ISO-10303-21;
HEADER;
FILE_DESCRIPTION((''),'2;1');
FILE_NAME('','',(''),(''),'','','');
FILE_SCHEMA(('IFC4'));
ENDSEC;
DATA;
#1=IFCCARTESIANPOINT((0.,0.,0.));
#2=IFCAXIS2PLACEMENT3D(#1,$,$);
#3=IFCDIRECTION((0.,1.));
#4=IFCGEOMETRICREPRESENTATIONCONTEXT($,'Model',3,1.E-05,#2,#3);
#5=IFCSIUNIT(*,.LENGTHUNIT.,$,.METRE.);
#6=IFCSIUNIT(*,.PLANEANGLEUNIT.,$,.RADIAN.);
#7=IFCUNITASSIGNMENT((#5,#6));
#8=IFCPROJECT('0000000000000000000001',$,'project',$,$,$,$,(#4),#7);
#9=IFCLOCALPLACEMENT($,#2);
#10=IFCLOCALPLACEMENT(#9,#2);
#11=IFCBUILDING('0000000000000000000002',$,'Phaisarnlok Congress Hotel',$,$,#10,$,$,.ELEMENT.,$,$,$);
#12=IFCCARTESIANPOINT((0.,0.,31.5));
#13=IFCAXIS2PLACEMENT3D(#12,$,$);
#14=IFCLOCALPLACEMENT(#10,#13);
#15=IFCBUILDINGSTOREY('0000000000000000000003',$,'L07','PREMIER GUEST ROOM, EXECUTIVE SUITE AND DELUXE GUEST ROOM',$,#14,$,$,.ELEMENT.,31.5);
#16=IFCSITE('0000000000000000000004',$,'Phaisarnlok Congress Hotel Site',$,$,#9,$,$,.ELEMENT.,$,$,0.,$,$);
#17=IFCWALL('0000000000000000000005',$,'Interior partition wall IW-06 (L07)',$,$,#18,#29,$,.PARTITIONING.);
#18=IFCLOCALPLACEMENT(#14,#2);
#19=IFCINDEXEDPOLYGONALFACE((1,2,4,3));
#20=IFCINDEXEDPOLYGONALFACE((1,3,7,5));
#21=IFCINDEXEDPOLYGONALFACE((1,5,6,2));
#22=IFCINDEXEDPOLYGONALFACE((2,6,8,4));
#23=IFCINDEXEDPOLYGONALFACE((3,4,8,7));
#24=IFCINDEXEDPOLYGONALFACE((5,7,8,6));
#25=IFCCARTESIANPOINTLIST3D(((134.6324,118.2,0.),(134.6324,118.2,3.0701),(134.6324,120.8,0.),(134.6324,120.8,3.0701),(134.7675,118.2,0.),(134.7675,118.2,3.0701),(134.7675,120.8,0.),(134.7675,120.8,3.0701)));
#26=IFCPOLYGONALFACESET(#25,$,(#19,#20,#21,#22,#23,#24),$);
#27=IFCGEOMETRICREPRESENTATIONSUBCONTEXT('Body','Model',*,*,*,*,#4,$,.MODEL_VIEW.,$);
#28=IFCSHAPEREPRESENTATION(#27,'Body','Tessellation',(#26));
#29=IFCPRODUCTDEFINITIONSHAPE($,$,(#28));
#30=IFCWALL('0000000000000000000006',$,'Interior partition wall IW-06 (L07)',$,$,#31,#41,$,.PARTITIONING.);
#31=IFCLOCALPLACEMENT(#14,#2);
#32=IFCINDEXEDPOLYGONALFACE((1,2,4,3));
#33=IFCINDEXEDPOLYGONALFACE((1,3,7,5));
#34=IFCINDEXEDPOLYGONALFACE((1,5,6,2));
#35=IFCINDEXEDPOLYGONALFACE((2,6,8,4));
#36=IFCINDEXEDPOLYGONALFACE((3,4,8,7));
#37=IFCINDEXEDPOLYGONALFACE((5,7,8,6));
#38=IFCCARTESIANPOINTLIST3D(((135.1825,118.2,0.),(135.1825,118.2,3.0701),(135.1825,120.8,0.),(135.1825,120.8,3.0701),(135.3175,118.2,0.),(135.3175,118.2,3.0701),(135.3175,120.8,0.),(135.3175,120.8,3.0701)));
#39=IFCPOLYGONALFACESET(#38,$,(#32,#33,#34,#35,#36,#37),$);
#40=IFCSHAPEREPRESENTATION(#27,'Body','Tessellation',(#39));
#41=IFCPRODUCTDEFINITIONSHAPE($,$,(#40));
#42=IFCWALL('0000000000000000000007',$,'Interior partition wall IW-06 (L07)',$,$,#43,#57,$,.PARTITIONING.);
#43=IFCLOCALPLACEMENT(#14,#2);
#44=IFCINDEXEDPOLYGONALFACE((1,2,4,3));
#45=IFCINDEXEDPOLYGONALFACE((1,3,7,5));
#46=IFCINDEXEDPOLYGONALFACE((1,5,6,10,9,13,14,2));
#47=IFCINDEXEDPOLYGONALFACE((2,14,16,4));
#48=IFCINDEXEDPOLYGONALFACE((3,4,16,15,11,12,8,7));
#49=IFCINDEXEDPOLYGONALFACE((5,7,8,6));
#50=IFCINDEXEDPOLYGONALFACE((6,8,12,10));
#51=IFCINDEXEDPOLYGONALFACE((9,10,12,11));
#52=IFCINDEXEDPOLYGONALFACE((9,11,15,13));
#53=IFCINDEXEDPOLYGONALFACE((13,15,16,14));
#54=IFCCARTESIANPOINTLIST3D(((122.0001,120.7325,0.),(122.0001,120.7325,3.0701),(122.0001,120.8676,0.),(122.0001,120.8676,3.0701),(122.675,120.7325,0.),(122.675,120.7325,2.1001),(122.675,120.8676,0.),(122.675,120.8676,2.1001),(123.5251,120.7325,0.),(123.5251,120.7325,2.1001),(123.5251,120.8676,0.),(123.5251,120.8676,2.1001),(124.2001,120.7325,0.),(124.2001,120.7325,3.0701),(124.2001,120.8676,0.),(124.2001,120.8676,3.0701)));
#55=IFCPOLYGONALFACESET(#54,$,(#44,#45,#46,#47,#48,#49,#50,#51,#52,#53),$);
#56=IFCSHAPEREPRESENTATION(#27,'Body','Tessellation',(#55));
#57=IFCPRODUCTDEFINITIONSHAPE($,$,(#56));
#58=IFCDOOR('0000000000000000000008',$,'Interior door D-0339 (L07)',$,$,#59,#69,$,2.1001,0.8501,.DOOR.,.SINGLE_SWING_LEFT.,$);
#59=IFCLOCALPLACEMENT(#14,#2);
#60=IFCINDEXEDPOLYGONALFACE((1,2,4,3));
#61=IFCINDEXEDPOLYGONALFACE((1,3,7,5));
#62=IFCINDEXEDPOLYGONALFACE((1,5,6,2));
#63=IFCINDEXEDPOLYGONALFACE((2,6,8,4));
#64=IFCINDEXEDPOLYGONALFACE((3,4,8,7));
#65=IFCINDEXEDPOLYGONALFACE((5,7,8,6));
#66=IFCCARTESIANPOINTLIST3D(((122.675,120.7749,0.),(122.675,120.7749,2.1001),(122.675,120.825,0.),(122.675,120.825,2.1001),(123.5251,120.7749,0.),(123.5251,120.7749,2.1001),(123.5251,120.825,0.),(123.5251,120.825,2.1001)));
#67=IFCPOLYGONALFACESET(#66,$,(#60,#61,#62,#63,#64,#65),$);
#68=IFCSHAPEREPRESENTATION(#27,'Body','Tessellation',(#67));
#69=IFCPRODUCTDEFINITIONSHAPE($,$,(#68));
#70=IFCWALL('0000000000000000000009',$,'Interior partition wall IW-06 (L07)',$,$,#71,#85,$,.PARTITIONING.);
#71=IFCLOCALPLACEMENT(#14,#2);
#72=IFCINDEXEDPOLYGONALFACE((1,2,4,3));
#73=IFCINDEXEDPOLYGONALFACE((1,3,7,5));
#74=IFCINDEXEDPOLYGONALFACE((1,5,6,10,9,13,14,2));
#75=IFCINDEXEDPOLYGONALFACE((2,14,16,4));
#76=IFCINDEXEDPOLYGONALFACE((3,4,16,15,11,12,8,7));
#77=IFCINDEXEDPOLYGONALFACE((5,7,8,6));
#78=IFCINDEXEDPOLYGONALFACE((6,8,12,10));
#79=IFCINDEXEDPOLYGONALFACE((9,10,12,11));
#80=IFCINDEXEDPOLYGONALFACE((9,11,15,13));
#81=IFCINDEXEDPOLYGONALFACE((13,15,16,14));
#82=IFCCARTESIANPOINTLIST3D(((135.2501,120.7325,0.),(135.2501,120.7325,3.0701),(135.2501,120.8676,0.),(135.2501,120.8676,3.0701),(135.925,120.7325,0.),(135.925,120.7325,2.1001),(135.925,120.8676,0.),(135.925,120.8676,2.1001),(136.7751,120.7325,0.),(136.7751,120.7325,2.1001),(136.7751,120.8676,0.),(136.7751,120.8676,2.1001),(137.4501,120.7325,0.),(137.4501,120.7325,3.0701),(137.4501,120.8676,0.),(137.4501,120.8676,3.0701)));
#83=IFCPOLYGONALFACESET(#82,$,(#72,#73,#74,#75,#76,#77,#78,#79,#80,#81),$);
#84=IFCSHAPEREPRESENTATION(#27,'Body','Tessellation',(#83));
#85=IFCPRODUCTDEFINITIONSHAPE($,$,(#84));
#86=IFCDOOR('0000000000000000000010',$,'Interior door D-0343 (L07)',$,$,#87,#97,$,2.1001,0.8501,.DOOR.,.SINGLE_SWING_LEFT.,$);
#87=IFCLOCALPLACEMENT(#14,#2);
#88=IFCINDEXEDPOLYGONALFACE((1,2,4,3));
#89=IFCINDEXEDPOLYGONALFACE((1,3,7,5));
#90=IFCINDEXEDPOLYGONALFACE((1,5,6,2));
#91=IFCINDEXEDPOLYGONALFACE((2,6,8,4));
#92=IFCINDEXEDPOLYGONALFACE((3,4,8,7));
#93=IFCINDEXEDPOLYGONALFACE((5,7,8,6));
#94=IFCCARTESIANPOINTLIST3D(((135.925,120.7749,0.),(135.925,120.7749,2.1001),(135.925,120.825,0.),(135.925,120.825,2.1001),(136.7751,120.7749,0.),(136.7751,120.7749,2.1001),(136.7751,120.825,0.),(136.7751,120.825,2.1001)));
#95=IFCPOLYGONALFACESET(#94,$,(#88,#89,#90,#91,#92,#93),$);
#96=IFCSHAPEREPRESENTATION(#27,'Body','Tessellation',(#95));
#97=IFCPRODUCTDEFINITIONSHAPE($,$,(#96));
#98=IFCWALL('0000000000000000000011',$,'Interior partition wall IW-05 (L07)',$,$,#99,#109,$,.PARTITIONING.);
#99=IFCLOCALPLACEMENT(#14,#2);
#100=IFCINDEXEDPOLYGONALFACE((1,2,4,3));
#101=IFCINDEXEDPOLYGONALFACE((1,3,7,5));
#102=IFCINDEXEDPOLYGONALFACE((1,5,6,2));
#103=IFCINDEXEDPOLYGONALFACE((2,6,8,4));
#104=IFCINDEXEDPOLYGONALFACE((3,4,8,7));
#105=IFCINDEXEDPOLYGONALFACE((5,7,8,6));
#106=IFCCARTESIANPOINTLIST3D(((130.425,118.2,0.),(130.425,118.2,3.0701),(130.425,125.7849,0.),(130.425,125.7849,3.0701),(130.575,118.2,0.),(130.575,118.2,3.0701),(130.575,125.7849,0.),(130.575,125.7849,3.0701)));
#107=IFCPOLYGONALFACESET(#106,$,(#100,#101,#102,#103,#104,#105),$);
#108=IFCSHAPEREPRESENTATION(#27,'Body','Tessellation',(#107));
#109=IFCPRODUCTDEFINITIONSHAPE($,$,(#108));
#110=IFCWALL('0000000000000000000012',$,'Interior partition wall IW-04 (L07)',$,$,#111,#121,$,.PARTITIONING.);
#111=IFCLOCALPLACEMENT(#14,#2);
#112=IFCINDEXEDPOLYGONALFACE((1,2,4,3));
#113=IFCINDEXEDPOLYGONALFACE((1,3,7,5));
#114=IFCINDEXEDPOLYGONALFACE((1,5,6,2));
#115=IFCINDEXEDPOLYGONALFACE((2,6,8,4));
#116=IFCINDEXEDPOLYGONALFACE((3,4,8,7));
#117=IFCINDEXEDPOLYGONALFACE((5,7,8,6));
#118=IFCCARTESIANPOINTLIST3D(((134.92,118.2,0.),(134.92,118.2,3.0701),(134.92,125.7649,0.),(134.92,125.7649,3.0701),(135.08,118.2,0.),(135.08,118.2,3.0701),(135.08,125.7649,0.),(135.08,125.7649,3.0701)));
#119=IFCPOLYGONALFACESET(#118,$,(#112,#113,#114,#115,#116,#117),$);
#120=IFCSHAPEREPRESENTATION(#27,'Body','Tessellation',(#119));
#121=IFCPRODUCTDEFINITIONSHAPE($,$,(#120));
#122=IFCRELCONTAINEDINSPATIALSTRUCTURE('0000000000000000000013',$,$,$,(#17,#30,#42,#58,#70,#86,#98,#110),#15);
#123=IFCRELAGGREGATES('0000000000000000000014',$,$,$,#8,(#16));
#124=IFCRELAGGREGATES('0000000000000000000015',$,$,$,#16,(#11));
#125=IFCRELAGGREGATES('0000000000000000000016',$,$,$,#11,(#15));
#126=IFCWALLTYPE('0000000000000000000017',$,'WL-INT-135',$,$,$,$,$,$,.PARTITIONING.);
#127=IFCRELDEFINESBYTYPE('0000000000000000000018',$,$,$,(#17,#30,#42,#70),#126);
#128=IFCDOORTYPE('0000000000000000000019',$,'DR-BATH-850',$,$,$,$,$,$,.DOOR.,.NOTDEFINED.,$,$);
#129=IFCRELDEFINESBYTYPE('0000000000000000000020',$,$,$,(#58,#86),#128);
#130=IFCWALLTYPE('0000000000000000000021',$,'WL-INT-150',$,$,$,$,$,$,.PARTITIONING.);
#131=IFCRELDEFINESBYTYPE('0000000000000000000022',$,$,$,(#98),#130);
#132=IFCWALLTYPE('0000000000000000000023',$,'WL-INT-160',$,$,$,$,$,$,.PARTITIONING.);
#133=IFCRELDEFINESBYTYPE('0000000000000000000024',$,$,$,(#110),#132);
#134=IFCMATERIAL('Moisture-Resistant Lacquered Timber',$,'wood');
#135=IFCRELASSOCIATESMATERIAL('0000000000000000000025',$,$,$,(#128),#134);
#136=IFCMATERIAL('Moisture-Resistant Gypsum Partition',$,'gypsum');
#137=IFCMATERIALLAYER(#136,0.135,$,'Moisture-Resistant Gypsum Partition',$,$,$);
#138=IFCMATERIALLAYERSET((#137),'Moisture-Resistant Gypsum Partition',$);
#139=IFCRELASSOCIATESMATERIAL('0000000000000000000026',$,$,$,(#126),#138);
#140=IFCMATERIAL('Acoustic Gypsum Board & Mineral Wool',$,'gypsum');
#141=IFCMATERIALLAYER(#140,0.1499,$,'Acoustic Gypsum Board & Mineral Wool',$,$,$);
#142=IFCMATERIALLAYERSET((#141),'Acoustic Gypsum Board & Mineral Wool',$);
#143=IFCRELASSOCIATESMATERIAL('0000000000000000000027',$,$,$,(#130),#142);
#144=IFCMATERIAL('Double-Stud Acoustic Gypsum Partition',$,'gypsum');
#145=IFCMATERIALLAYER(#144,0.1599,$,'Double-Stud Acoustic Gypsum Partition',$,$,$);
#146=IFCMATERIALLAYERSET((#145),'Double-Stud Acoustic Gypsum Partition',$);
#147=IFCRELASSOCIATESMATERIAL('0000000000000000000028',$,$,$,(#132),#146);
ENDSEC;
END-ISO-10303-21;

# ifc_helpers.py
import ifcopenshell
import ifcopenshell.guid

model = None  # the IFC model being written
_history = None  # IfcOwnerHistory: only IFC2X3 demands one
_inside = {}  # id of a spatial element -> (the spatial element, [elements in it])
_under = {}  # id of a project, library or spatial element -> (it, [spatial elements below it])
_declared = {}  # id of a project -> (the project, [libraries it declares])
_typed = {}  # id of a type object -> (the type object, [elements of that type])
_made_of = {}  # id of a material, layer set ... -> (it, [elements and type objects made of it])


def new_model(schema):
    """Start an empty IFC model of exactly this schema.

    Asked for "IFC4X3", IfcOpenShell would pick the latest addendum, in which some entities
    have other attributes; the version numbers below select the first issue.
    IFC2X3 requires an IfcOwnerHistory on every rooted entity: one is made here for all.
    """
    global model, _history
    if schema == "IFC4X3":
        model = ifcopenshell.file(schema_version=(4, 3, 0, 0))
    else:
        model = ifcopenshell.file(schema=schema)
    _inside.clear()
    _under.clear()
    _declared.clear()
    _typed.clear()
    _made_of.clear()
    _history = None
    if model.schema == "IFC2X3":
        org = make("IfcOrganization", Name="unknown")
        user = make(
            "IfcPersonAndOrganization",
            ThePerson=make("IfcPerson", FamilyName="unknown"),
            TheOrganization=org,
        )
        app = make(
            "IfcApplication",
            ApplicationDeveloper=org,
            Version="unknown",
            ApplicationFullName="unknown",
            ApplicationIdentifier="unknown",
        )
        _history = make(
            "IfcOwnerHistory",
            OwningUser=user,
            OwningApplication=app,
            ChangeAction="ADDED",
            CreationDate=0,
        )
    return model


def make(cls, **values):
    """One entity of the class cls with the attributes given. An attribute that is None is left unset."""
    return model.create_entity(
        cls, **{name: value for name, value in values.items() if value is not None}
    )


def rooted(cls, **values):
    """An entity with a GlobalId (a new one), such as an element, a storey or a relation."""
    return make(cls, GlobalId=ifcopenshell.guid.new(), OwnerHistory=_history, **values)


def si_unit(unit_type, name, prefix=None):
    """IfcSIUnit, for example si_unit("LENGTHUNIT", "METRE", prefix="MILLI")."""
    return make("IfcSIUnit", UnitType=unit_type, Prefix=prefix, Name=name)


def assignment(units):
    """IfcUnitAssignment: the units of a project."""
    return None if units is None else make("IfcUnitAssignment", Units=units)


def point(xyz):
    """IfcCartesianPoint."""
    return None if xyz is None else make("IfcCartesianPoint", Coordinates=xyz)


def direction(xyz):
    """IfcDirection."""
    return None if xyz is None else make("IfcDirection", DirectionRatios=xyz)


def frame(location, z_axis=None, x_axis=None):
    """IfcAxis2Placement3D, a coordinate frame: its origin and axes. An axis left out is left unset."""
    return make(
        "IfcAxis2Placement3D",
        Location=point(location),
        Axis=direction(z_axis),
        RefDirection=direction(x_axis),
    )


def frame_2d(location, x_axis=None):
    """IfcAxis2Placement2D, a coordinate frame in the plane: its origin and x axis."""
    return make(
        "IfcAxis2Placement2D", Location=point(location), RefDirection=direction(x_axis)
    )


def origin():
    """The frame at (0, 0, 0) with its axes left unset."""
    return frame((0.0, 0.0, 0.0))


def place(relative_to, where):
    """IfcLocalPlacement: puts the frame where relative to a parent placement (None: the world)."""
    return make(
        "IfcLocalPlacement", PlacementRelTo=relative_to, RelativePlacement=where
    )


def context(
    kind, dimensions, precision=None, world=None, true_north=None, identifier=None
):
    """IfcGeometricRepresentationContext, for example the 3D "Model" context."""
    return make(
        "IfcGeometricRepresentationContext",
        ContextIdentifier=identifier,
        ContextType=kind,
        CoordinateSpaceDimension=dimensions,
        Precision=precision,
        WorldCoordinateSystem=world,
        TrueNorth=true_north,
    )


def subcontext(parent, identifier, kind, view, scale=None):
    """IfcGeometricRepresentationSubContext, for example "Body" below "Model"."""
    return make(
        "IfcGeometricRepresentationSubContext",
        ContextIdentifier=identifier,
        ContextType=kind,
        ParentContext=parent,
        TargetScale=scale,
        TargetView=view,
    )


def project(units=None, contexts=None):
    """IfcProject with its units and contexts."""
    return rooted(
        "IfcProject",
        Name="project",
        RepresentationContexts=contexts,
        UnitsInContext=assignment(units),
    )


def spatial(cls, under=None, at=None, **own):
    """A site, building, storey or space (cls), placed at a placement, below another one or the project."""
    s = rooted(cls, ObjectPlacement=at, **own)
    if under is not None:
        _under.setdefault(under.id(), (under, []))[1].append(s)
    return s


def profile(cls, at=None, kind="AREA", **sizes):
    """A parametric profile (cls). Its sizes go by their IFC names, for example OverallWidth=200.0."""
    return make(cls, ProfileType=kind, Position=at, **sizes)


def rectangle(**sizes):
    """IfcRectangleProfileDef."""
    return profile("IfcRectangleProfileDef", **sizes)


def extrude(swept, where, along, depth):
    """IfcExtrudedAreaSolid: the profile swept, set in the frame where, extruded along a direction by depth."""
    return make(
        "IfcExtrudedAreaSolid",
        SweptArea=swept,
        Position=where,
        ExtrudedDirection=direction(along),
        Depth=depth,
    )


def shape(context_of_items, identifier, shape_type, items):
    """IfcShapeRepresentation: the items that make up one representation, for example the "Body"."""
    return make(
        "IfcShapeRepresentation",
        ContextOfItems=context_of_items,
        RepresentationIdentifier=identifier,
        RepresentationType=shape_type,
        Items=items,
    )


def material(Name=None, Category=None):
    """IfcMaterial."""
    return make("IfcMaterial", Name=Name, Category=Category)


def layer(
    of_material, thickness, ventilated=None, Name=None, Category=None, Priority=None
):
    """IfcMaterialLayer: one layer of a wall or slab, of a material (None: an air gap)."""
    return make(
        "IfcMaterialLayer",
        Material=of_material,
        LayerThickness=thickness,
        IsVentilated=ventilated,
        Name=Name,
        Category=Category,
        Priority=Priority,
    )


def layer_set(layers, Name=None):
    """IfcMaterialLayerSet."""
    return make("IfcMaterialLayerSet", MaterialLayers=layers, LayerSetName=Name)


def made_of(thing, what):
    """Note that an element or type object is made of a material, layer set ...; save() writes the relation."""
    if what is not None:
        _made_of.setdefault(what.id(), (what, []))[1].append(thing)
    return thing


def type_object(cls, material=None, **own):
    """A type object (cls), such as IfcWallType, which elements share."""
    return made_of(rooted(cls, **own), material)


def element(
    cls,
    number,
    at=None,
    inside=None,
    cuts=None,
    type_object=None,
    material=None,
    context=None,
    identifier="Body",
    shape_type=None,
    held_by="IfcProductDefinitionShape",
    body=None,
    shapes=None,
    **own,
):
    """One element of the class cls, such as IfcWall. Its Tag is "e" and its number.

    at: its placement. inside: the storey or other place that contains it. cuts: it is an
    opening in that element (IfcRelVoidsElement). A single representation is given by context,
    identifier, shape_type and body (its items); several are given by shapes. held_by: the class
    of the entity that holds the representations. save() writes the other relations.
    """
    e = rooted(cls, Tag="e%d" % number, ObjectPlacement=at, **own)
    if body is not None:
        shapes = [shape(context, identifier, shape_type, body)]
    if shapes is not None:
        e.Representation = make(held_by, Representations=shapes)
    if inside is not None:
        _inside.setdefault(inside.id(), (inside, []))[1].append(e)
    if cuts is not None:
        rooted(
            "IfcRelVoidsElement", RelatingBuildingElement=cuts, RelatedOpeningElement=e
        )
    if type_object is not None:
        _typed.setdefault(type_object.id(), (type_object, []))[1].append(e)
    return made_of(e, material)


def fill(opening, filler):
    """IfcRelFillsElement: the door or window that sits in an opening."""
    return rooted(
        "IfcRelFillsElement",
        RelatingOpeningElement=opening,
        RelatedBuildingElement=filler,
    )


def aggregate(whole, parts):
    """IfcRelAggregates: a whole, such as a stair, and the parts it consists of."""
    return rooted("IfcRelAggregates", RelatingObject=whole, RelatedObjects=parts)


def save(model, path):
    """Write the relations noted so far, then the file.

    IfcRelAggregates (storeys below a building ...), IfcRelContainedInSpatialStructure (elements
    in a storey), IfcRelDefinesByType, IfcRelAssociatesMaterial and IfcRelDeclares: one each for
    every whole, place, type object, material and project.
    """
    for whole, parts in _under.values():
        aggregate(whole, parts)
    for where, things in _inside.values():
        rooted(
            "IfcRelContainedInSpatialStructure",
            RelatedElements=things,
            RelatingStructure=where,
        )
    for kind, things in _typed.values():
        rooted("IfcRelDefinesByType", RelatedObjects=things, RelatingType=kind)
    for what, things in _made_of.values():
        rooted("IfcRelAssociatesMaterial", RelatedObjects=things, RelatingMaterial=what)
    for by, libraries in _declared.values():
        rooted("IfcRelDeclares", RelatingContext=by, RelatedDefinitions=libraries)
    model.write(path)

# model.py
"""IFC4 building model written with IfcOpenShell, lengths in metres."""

from ifc_helpers import new_model, si_unit, direction, frame, frame_2d, origin, place, context, subcontext, project, spatial, rectangle, extrude, material, layer, layer_set, type_object, element, fill, save


model = new_model("IFC4")

# Units and contexts
model_context = context("Model", 3, precision=1e-05, world=origin(), true_north=direction((0.0, 1.0)))
body_context = subcontext(model_context, "Body", "Model", "MODEL_VIEW")
ifc_project = project(units=[si_unit("LENGTHUNIT", "METRE"), si_unit("PLANEANGLEUNIT", "RADIAN")], contexts=[model_context])

# Site, building, storey
site_placement = place(None, origin())
site = spatial("IfcSite", under=ifc_project, at=site_placement, Name="Phaisarnlok Congress Hotel Site", CompositionType="ELEMENT", RefElevation=0.0)
building_placement = place(site_placement, origin())
building = spatial("IfcBuilding", under=site, at=building_placement, Name="Phaisarnlok Congress Hotel", CompositionType="ELEMENT")
storey_placement = place(building_placement, frame((0.0, 0.0, 31.5)))
storey = spatial("IfcBuildingStorey", under=building, at=storey_placement, Name="L07", Description="PREMIER GUEST ROOM, EXECUTIVE SUITE AND DELUXE GUEST ROOM", CompositionType="ELEMENT", Elevation=31.5)

# Shared definitions
ifc_material_1 = material(Name="Moisture-Resistant Lacquered Timber", Category="wood")
door_type = type_object("IfcDoorType", Name="DR-BATH-850", OperationType="NOTDEFINED", PredefinedType="DOOR", material=ifc_material_1)

# Walls
ifc_material_2 = material(Name="Moisture-Resistant Gypsum Partition", Category="gypsum")
ifc_layer_1 = layer(ifc_material_2, 0.135, Name="Moisture-Resistant Gypsum Partition")
ifc_layer_set_1 = layer_set([ifc_layer_1], Name="Moisture-Resistant Gypsum Partition")
wall_type_1 = type_object("IfcWallType", Name="WL-INT-135", PredefinedType="PARTITIONING", material=ifc_layer_set_1)
for number, where, z_axis, x_axis, name in (
    (1, (134.7, 118.2, 0.0), (0.0, 0.0, 1.0), (0.0, 1.0, 0.0), "Interior partition wall IW-06 (L07)"),
    (2, (135.25, 118.2, 0.0), (0.0, 0.0, 1.0), (0.0, 1.0, 0.0), "Interior partition wall IW-06 (L07)"),
):
    element("IfcWall", number, at=place(storey_placement, frame(where, z_axis=z_axis, x_axis=x_axis)), inside=storey, type_object=wall_type_1, Name=name, PredefinedType="PARTITIONING", context=body_context, shape_type="SweptSolid", body=[
        extrude(rectangle(XDim=2.6001, YDim=0.135, at=frame_2d((1.3, 0.0))), origin(), (0.0, 0.0, 1.0), 3.0701),
    ])

# Walls, openings, doors
wall_1_placement = place(storey_placement, frame((122.0, 120.8, 0.0), z_axis=(0.0, 0.0, 1.0), x_axis=(1.0, 0.0, 0.0)))
wall_1 = element("IfcWall", 3, at=wall_1_placement, inside=storey, type_object=wall_type_1, Name="Interior partition wall IW-06 (L07)", PredefinedType="PARTITIONING", context=body_context, shape_type="SweptSolid", body=[
    extrude(rectangle(XDim=2.2, YDim=0.135, at=frame_2d((1.1001, 0.0))), origin(), (0.0, 0.0, 1.0), 3.0701),
])
opening_1_placement = place(wall_1_placement, frame((0.675, 0.0, 0.0)))
opening_1 = element("IfcOpeningElement", 4, at=opening_1_placement, cuts=wall_1, PredefinedType="OPENING", context=body_context, shape_type="SweptSolid", body=[
    extrude(rectangle(XDim=0.8501, YDim=2.1001, at=frame_2d((0.425, 1.05))), frame((0.0, 0.0776, 0.0), z_axis=(0.0, -1.0, 0.0), x_axis=(1.0, 0.0, 0.0)), (0.0, 0.0, 1.0), 0.155),
])
door_1_placement = place(opening_1_placement, origin())
door_1 = element("IfcDoor", 5, at=door_1_placement, inside=storey, type_object=door_type, Name="Interior door D-0339 (L07)", OperationType="SINGLE_SWING_LEFT", OverallHeight=2.1001, OverallWidth=0.8501, PredefinedType="DOOR", context=body_context, shape_type="SweptSolid", body=[
    extrude(rectangle(XDim=0.8501, YDim=2.1001, at=frame_2d((0.425, 1.05))), frame((0.0, 0.0249, 0.0), z_axis=(0.0, -1.0, 0.0), x_axis=(1.0, 0.0, 0.0)), (0.0, 0.0, 1.0), 0.05),
])
fill(opening_1, door_1)
wall_2_placement = place(storey_placement, frame((135.25, 120.8, 0.0), z_axis=(0.0, 0.0, 1.0), x_axis=(1.0, 0.0, 0.0)))
wall_2 = element("IfcWall", 6, at=wall_2_placement, inside=storey, type_object=wall_type_1, Name="Interior partition wall IW-06 (L07)", PredefinedType="PARTITIONING", context=body_context, shape_type="SweptSolid", body=[
    extrude(rectangle(XDim=2.2, YDim=0.135, at=frame_2d((1.1001, 0.0))), origin(), (0.0, 0.0, 1.0), 3.0701),
])
opening_2_placement = place(wall_2_placement, frame((0.675, 0.0, 0.0)))
opening_2 = element("IfcOpeningElement", 7, at=opening_2_placement, cuts=wall_2, PredefinedType="OPENING", context=body_context, shape_type="SweptSolid", body=[
    extrude(rectangle(XDim=0.8501, YDim=2.1001, at=frame_2d((0.425, 1.05))), frame((0.0, 0.0776, 0.0), z_axis=(0.0, -1.0, 0.0), x_axis=(1.0, 0.0, 0.0)), (0.0, 0.0, 1.0), 0.155),
])
door_2_placement = place(opening_2_placement, origin())
door_2 = element("IfcDoor", 8, at=door_2_placement, inside=storey, type_object=door_type, Name="Interior door D-0343 (L07)", OperationType="SINGLE_SWING_LEFT", OverallHeight=2.1001, OverallWidth=0.8501, PredefinedType="DOOR", context=body_context, shape_type="SweptSolid", body=[
    extrude(rectangle(XDim=0.8501, YDim=2.1001, at=frame_2d((0.425, 1.05))), frame((0.0, 0.0249, 0.0), z_axis=(0.0, -1.0, 0.0), x_axis=(1.0, 0.0, 0.0)), (0.0, 0.0, 1.0), 0.05),
])
fill(opening_2, door_2)

# Walls
ifc_material_3 = material(Name="Acoustic Gypsum Board & Mineral Wool", Category="gypsum")
ifc_layer_2 = layer(ifc_material_3, 0.1499, Name="Acoustic Gypsum Board & Mineral Wool")
ifc_layer_set_2 = layer_set([ifc_layer_2], Name="Acoustic Gypsum Board & Mineral Wool")
wall_type_2 = type_object("IfcWallType", Name="WL-INT-150", PredefinedType="PARTITIONING", material=ifc_layer_set_2)
wall_3_placement = place(storey_placement, frame((130.5, 118.2, 0.0), z_axis=(0.0, 0.0, 1.0), x_axis=(0.0, 1.0, 0.0)))
element("IfcWall", 9, at=wall_3_placement, inside=storey, type_object=wall_type_2, Name="Interior partition wall IW-05 (L07)", PredefinedType="PARTITIONING", context=body_context, shape_type="SweptSolid", body=[
    extrude(rectangle(XDim=7.585, YDim=0.1499, at=frame_2d((3.7925, 0.0))), origin(), (0.0, 0.0, 1.0), 3.0701),
])
ifc_material_4 = material(Name="Double-Stud Acoustic Gypsum Partition", Category="gypsum")
ifc_layer_3 = layer(ifc_material_4, 0.1599, Name="Double-Stud Acoustic Gypsum Partition")
ifc_layer_set_3 = layer_set([ifc_layer_3], Name="Double-Stud Acoustic Gypsum Partition")
wall_type_3 = type_object("IfcWallType", Name="WL-INT-160", PredefinedType="PARTITIONING", material=ifc_layer_set_3)
wall_4_placement = place(storey_placement, frame((135.0, 118.2, 0.0), z_axis=(0.0, 0.0, 1.0), x_axis=(0.0, 1.0, 0.0)))
element("IfcWall", 10, at=wall_4_placement, inside=storey, type_object=wall_type_3, Name="Interior partition wall IW-04 (L07)", PredefinedType="PARTITIONING", context=body_context, shape_type="SweptSolid", body=[
    extrude(rectangle(XDim=7.5649, YDim=0.1599, at=frame_2d((3.7825, 0.0))), origin(), (0.0, 0.0, 1.0), 3.0701),
])

save(model, "model.ifc")
